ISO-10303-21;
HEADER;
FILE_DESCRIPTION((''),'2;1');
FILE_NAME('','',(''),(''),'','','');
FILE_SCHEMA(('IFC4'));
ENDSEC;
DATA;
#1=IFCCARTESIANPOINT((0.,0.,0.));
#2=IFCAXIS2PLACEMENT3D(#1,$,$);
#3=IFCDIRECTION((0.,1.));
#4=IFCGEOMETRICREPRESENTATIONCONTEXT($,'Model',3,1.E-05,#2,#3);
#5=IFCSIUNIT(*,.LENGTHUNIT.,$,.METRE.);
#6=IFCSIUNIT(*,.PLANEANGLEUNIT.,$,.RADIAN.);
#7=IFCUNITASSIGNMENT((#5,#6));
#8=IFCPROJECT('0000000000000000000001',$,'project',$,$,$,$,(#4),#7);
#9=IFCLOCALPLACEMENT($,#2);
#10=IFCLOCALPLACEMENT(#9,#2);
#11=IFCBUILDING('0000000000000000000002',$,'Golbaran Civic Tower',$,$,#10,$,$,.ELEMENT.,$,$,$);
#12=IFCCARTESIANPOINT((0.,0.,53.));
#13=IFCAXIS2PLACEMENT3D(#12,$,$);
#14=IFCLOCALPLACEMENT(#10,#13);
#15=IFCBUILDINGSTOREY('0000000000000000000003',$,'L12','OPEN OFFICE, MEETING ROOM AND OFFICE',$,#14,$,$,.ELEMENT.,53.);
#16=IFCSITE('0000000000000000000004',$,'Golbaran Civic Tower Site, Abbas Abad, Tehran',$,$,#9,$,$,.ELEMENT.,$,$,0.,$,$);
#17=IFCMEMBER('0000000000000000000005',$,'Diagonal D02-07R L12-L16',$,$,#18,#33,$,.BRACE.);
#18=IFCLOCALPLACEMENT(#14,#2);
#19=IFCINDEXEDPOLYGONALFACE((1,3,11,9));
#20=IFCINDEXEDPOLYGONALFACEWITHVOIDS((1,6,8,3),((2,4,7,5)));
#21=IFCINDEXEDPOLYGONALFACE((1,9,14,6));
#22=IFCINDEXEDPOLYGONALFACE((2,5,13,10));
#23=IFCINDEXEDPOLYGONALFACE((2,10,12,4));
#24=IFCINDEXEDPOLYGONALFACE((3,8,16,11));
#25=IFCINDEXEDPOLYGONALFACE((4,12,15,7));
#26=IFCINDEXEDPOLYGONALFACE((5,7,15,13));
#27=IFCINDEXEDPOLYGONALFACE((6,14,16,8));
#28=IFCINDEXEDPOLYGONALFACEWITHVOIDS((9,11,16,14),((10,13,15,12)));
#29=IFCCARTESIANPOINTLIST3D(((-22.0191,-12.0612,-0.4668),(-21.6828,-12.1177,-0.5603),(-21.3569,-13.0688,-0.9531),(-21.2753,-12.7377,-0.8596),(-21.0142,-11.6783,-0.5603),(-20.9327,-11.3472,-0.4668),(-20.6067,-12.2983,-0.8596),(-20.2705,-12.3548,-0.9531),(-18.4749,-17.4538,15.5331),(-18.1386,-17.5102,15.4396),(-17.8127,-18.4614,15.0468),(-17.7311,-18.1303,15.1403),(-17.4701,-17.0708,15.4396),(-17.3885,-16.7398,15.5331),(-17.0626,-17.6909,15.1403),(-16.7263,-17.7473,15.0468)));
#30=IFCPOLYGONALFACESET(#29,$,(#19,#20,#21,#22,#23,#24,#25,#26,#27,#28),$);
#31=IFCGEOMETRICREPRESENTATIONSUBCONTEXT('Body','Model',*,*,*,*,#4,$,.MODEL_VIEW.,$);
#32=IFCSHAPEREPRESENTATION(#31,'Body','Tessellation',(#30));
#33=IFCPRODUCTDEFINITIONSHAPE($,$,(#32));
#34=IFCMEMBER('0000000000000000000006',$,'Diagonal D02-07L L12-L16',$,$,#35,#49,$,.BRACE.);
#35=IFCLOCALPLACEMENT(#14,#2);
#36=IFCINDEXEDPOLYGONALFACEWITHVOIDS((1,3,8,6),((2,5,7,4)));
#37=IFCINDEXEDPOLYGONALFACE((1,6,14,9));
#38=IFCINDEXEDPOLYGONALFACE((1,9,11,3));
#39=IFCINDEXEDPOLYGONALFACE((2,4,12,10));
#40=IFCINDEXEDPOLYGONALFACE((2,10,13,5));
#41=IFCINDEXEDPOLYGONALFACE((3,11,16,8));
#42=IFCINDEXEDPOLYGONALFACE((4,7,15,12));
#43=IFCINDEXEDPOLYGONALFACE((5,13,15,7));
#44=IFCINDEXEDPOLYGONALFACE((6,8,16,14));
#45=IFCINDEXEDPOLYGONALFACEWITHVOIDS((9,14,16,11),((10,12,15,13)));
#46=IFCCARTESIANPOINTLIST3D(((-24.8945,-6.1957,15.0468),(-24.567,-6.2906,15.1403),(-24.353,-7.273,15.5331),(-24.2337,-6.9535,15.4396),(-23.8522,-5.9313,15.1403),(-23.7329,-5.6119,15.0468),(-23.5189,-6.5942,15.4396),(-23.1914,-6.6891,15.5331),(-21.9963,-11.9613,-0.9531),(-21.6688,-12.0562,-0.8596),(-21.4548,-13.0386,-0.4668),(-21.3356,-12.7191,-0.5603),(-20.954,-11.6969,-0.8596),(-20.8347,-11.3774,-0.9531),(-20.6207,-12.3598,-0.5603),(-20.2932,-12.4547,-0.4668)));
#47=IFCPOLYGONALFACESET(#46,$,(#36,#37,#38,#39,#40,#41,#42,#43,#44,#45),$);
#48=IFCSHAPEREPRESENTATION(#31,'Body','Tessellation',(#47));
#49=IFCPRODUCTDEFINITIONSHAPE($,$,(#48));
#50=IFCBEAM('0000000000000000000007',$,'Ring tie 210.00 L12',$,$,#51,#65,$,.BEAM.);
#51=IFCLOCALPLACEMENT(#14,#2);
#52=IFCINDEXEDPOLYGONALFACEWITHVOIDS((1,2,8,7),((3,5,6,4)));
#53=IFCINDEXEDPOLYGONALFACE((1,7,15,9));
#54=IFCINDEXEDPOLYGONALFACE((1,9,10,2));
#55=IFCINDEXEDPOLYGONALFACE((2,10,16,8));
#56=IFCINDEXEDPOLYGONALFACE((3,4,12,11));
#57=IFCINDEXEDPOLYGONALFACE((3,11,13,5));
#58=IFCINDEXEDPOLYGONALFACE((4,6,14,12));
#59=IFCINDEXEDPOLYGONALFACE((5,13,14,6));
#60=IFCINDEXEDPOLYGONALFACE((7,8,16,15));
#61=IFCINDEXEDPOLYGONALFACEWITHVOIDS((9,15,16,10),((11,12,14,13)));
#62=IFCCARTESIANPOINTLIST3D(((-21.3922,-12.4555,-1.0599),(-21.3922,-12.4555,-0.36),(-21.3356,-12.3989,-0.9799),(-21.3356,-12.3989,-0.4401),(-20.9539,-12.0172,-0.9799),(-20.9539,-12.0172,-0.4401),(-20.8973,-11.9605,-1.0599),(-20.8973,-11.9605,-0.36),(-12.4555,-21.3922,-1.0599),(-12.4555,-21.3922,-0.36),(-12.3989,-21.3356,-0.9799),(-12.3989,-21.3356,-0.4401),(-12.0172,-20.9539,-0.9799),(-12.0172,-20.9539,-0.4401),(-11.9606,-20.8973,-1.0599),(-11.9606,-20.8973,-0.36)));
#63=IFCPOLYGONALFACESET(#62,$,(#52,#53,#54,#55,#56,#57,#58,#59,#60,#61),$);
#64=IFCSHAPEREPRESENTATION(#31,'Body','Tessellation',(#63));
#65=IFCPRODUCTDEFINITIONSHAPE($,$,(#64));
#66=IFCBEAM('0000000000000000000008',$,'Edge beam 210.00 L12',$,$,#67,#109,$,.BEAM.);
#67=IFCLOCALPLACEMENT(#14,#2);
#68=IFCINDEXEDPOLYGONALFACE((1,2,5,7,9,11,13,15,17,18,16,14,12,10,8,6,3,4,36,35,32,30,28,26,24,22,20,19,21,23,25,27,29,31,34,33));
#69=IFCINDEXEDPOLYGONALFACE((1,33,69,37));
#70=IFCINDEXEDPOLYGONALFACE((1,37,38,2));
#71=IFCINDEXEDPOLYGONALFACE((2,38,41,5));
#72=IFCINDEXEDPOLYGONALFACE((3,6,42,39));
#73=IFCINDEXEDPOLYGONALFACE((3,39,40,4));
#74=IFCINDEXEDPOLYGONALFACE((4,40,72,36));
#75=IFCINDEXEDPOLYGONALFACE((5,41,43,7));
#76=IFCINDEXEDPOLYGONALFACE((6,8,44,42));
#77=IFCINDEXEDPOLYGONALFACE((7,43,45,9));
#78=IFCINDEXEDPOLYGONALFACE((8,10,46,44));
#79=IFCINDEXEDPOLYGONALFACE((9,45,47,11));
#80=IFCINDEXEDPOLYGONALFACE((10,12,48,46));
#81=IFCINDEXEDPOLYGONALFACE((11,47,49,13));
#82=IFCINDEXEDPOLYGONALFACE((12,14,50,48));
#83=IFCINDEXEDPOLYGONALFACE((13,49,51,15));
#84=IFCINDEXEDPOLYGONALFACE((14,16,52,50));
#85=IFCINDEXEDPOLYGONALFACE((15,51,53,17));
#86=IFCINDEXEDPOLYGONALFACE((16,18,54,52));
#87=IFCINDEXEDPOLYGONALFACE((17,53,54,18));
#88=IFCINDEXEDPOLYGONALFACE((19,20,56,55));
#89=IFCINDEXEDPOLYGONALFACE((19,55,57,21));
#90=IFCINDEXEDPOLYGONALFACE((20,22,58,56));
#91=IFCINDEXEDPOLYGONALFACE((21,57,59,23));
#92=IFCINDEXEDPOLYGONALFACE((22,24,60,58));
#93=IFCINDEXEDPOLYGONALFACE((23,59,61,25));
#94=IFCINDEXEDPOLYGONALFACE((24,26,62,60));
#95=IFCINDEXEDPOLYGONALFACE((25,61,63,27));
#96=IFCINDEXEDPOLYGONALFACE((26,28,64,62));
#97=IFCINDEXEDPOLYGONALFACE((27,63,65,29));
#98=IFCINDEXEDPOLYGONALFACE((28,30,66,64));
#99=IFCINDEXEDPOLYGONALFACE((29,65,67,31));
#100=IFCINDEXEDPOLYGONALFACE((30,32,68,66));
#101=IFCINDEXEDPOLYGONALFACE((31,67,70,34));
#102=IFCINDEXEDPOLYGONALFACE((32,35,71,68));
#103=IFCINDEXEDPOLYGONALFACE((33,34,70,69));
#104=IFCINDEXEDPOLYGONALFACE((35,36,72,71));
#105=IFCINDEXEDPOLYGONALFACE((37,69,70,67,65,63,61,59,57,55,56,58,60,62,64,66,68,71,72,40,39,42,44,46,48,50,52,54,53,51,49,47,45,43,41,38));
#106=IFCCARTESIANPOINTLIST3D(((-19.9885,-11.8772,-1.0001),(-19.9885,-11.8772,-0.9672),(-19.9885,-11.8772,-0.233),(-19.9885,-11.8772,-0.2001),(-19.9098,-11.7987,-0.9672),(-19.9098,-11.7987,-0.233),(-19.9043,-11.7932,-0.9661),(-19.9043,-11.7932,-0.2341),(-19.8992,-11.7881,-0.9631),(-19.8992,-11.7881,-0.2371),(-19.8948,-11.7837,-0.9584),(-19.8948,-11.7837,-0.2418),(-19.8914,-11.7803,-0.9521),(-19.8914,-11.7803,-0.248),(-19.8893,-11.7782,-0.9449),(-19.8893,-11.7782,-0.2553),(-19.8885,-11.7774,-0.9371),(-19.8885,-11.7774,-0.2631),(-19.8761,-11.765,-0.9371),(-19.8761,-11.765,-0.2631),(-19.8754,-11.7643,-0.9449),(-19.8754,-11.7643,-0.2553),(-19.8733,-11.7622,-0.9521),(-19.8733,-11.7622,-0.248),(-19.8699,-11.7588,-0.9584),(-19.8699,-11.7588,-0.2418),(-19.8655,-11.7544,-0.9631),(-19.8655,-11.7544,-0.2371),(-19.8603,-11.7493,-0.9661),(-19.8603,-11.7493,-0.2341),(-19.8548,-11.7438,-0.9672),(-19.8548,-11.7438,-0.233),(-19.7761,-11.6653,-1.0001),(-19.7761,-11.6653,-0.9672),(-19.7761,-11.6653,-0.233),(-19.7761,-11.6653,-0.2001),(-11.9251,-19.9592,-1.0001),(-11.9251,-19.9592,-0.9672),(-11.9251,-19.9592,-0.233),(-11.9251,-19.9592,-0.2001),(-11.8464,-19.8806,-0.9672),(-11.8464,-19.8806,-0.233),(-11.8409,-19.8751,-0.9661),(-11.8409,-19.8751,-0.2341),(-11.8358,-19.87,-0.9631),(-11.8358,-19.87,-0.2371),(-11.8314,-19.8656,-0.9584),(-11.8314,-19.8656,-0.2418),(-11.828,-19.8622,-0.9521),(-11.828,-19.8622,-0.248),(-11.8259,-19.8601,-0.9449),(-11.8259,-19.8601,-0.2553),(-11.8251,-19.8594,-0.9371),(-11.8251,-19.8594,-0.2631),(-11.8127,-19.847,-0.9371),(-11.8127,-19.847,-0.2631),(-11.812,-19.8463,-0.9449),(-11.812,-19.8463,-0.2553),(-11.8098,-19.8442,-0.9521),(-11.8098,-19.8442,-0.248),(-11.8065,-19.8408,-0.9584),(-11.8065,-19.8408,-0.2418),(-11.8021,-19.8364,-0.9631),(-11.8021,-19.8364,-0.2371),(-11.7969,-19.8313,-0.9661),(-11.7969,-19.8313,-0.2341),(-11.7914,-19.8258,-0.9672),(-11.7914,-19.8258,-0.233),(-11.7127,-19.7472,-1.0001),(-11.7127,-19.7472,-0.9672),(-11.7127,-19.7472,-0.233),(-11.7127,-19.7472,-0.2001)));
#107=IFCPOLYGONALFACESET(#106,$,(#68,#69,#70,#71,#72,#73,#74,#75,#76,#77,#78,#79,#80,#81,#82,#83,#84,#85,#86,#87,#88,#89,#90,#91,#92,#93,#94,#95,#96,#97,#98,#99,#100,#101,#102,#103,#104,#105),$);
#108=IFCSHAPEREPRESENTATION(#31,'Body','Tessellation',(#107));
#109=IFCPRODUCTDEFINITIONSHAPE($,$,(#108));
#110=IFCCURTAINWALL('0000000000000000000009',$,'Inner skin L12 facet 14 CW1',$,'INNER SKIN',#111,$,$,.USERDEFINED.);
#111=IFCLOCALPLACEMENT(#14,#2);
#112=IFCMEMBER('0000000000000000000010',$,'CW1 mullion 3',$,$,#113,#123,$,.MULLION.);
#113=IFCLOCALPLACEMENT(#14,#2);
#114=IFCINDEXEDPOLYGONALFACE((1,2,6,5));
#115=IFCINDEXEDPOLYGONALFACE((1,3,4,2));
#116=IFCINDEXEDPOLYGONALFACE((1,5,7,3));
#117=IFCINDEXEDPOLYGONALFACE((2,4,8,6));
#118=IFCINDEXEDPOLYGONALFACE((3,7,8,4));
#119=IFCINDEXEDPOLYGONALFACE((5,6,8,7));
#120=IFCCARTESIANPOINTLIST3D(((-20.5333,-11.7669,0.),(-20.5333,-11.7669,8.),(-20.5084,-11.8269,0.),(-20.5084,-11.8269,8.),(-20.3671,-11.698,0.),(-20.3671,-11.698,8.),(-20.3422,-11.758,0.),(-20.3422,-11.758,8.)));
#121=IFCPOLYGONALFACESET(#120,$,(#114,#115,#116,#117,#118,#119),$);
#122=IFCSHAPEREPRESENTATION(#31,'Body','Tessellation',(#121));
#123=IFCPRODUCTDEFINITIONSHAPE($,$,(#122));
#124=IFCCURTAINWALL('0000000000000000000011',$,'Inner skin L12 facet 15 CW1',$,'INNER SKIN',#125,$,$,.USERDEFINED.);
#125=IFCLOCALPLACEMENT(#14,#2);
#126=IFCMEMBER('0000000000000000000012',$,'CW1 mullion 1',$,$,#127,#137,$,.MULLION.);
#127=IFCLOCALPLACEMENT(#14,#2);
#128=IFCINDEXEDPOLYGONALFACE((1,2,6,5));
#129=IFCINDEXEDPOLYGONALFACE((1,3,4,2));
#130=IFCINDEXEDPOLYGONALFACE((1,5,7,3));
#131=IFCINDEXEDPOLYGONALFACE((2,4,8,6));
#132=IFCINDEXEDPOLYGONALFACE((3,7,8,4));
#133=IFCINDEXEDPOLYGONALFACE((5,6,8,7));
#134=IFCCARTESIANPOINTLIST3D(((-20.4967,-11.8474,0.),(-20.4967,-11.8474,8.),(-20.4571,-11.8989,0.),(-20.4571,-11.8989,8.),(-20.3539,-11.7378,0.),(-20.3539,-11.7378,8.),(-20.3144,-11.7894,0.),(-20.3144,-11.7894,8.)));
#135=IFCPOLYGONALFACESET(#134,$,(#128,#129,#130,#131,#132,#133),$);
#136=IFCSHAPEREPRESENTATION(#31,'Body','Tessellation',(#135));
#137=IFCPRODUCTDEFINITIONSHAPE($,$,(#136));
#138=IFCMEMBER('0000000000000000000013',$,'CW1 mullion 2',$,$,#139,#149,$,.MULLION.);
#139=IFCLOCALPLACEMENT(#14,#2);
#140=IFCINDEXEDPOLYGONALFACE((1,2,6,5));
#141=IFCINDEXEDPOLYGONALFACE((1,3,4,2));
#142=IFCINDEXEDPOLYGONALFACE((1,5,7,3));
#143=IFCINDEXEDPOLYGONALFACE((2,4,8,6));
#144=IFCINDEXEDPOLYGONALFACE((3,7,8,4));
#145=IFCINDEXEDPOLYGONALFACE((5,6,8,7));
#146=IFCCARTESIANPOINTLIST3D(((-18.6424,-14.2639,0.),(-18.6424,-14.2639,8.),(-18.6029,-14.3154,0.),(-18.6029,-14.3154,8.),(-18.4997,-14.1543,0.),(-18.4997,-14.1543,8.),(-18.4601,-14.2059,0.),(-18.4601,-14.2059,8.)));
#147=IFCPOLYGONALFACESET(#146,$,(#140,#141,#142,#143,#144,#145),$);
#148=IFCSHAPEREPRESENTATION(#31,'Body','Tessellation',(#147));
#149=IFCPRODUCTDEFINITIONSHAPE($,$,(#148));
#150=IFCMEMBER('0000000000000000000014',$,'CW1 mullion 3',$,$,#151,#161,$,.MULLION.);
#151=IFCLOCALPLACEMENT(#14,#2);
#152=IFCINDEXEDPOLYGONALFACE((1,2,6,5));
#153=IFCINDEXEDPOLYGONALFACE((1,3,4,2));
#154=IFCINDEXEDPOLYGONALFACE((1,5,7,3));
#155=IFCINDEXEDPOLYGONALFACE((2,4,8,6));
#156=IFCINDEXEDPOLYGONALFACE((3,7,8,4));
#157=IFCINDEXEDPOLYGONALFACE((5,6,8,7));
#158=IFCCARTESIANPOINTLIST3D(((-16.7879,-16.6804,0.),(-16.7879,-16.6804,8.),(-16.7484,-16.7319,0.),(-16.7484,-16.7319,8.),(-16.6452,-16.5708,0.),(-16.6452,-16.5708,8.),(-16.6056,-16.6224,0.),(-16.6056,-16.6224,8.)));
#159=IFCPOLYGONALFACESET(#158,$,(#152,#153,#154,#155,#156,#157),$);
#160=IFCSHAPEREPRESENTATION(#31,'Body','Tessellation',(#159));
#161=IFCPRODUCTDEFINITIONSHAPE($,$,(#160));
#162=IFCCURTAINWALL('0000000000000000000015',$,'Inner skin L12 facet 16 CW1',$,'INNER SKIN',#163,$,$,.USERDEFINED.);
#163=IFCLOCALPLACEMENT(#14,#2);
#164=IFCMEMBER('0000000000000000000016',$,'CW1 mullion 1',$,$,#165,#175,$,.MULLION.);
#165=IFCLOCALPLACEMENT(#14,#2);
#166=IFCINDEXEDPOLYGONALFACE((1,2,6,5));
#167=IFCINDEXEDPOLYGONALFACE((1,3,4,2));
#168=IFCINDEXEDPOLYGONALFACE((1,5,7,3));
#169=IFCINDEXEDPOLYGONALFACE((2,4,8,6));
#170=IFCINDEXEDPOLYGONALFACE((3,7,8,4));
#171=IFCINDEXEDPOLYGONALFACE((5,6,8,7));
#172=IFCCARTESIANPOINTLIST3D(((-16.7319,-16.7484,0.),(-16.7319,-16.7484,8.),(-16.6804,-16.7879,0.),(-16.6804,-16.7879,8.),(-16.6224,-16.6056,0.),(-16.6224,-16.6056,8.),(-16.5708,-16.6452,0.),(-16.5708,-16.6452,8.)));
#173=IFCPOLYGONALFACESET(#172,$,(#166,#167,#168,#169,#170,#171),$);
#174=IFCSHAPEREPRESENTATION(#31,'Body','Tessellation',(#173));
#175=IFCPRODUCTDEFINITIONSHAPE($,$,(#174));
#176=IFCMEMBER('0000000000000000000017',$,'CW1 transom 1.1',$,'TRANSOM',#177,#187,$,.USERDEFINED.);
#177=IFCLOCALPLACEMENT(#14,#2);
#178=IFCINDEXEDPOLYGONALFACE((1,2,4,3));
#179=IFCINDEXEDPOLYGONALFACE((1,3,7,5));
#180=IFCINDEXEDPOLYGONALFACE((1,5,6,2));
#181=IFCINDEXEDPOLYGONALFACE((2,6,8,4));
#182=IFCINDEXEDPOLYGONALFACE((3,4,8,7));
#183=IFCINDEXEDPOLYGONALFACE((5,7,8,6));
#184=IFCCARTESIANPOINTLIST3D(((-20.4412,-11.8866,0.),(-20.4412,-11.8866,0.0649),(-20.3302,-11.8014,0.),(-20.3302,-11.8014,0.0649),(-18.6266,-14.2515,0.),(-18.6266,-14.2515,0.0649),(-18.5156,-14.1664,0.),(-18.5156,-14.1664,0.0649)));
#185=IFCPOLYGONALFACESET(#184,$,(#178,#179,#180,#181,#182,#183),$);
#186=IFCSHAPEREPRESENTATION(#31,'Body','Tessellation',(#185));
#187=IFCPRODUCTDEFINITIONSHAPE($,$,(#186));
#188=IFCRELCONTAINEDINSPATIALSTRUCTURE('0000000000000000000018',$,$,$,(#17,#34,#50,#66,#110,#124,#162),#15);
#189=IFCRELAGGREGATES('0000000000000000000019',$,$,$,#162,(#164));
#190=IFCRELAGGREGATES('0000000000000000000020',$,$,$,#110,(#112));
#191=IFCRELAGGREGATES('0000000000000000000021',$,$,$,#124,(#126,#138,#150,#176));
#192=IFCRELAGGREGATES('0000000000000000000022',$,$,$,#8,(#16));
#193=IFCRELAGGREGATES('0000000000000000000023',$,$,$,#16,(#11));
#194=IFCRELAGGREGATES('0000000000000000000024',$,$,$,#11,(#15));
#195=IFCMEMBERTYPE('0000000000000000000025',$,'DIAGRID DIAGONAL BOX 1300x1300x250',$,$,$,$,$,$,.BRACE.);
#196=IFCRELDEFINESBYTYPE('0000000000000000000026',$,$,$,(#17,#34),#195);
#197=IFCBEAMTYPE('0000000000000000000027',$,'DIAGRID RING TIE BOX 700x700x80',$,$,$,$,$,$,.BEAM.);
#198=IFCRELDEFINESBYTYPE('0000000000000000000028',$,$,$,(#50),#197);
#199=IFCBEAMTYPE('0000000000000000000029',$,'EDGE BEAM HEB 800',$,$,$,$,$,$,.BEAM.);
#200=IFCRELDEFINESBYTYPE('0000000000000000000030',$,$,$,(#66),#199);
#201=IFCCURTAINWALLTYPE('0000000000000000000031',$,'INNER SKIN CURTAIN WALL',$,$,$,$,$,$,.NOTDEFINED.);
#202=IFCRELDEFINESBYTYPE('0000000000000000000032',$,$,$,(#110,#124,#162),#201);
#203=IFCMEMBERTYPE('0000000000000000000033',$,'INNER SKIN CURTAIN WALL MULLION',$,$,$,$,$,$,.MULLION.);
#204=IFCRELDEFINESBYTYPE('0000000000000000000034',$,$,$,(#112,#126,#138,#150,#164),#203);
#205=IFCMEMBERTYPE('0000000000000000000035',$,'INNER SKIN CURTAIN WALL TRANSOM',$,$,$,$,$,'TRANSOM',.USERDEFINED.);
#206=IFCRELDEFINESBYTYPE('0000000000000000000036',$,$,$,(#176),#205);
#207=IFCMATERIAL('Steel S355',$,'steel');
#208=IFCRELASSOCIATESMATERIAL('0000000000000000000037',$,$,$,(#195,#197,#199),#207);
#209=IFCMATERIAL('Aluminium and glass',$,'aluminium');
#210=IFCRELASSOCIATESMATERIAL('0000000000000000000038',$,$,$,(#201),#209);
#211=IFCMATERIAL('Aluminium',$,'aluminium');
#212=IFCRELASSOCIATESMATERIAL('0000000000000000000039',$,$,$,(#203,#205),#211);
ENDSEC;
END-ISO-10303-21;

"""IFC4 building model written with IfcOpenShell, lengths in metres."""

from ifc_helpers import new_model, si_unit, direction, frame, origin, origin_2d, place, context, subcontext, project, spatial, rectangle, hollow_rectangle, i_section, extrude, material, material_profile, profile_set, type_object, element, aggregate, save


model = new_model("IFC4")

# Units and contexts
model_context = context("Model", 3, precision=1e-05, world=origin(), true_north=direction((0.0, 1.0)))
body_context = subcontext(model_context, "Body", "Model", "MODEL_VIEW")
ifc_project = project(units=[si_unit("LENGTHUNIT", "METRE"), si_unit("PLANEANGLEUNIT", "RADIAN")], contexts=[model_context])

# Site, building, storey
site_placement = place(None, origin())
site = spatial("IfcSite", under=ifc_project, at=site_placement, Name="Golbaran Civic Tower Site, Abbas Abad, Tehran", CompositionType="ELEMENT", RefElevation=0.0)
building_placement = place(site_placement, origin())
building = spatial("IfcBuilding", under=site, at=building_placement, Name="Golbaran Civic Tower", CompositionType="ELEMENT")
storey_placement = place(building_placement, frame((0.0, 0.0, 53.0)))
storey = spatial("IfcBuildingStorey", under=building, at=storey_placement, Name="L12", Description="OPEN OFFICE, MEETING ROOM AND OFFICE", CompositionType="ELEMENT", Elevation=53.0)

# Members
ifc_material_1 = material(Name="Steel S355", Category="steel")
ifc_material_profile_1 = material_profile(ifc_material_1, hollow_rectangle(XDim=1.3, YDim=1.3, WallThickness=0.25, at=origin_2d()), Name="BOX 1300x1300x250")
ifc_profile_set_1 = profile_set([ifc_material_profile_1], Name="Steel S355")
member_type_1 = type_object("IfcMemberType", Name="DIAGRID DIAGONAL BOX 1300x1300x250", PredefinedType="BRACE", material=ifc_profile_set_1)
for number, where, z_axis, x_axis, name in (
    (1, (-21.1448, -12.208, -0.71), (0.205433, -0.312572, 0.927414), (0.83567, 0.549231, 0.0), "Diagonal D02-07R L12-L16"),
    (2, (-21.1448, -12.208, -0.71), (-0.167989, 0.334195, 0.927412), (-0.893472, -0.449119, 0.0), "Diagonal D02-07L L12-L16"),
):
    element("IfcMember", number, at=place(storey_placement, frame(where, z_axis=z_axis, x_axis=x_axis)), inside=storey, type_object=member_type_1, Name=name, PredefinedType="BRACE", context=body_context, shape_type="SweptSolid", body=[
        extrude(hollow_rectangle(XDim=1.3, YDim=1.3, WallThickness=0.25, at=origin_2d()), origin(), (0.0, 0.0, 1.0), 17.2522),
    ])

# Beams
ifc_material_profile_2 = material_profile(ifc_material_1, hollow_rectangle(XDim=0.7, YDim=0.7, WallThickness=0.0801, at=origin_2d()), Name="BOX 700x700x80")
ifc_profile_set_2 = profile_set([ifc_material_profile_2], Name="Steel S355")
beam_type_1 = type_object("IfcBeamType", Name="DIAGRID RING TIE BOX 700x700x80", PredefinedType="BEAM", material=ifc_profile_set_2)
beam_1_placement = place(storey_placement, frame((-21.1448, -12.208, -0.71), z_axis=(0.707107, -0.707107, 0.0), x_axis=(0.707107, 0.707107, 0.0)))
element("IfcBeam", 3, at=beam_1_placement, inside=storey, type_object=beam_type_1, Name="Ring tie 210.00 L12", PredefinedType="BEAM", context=body_context, shape_type="SweptSolid", body=[
    extrude(hollow_rectangle(XDim=0.7, YDim=0.7, WallThickness=0.0801, at=origin_2d()), origin(), (0.0, 0.0, 1.0), 12.6384),
])
ifc_material_profile_3 = material_profile(ifc_material_1, i_section(OverallWidth=0.3, OverallDepth=0.8, WebThickness=0.0176, FlangeThickness=0.033, FilletRadius=0.03, at=origin_2d()), Name="HEB 800")
ifc_profile_set_3 = profile_set([ifc_material_profile_3], Name="Steel S355")
beam_type_2 = type_object("IfcBeamType", Name="EDGE BEAM HEB 800", PredefinedType="BEAM", material=ifc_profile_set_3)
beam_2_placement = place(storey_placement, frame((-19.8823, -11.7712, -0.6001), z_axis=(0.706294, -0.707919, 0.0), x_axis=(0.707919, 0.706294, 0.0)))
element("IfcBeam", 4, at=beam_2_placement, inside=storey, type_object=beam_type_2, Name="Edge beam 210.00 L12", PredefinedType="BEAM", context=body_context, shape_type="SweptSolid", body=[
    extrude(i_section(OverallWidth=0.3, OverallDepth=0.8, WebThickness=0.0176, FlangeThickness=0.033, FilletRadius=0.03, at=origin_2d()), origin(), (0.0, 0.0, 1.0), 11.4165),
])

# Curtain wall, member
ifc_material_2 = material(Name="Aluminium and glass", Category="aluminium")
curtain_wall_type_1 = type_object("IfcCurtainWallType", Name="INNER SKIN CURTAIN WALL", PredefinedType="NOTDEFINED", material=ifc_material_2)
curtain_wall_1_placement = place(storey_placement, origin())
curtain_wall_1 = element("IfcCurtainWall", 5, at=curtain_wall_1_placement, inside=storey, type_object=curtain_wall_type_1, Name="Inner skin L12 facet 14 CW1", ObjectType="INNER SKIN", PredefinedType="USERDEFINED")
ifc_material_3 = material(Name="Aluminium", Category="aluminium")
ifc_material_profile_4 = material_profile(ifc_material_3, rectangle(XDim=0.1799, YDim=0.0649, at=origin_2d()), Name="INNER SKIN CURTAIN WALL MULLION")
ifc_profile_set_4 = profile_set([ifc_material_profile_4], Name="Aluminium")
member_type_2 = type_object("IfcMemberType", Name="INNER SKIN CURTAIN WALL MULLION", PredefinedType="MULLION", material=ifc_profile_set_4)
member_1_placement = place(storey_placement, frame((-20.4377, -11.7625, 0.0), z_axis=(0.0, 0.0, 1.0), x_axis=(0.92388, 0.382683, 0.0)))
member_1 = element("IfcMember", 6, at=member_1_placement, type_object=member_type_2, Name="CW1 mullion 3", PredefinedType="MULLION", context=body_context, shape_type="SweptSolid", body=[
    extrude(rectangle(XDim=0.1799, YDim=0.0649, at=origin_2d()), origin(), (0.0, 0.0, 1.0), 8.0),
])

# Curtain wall, members
curtain_wall_2_placement = place(storey_placement, origin())
curtain_wall_2 = element("IfcCurtainWall", 7, at=curtain_wall_2_placement, inside=storey, type_object=curtain_wall_type_1, Name="Inner skin L12 facet 15 CW1", ObjectType="INNER SKIN", PredefinedType="USERDEFINED")
member_2_placement = place(storey_placement, frame((-20.4055, -11.8184, 0.0), z_axis=(0.0, 0.0, 1.0), x_axis=(0.793353, 0.608761, 0.0)))
member_2 = element("IfcMember", 8, at=member_2_placement, type_object=member_type_2, Name="CW1 mullion 1", PredefinedType="MULLION", context=body_context, shape_type="SweptSolid", body=[
    extrude(rectangle(XDim=0.1799, YDim=0.0649, at=origin_2d()), origin(), (0.0, 0.0, 1.0), 8.0),
])
member_3_placement = place(storey_placement, frame((-18.5513, -14.2349, 0.0), z_axis=(0.0, 0.0, 1.0), x_axis=(0.793353, 0.608761, 0.0)))
member_3 = element("IfcMember", 9, at=member_3_placement, type_object=member_type_2, Name="CW1 mullion 2", PredefinedType="MULLION", context=body_context, shape_type="SweptSolid", body=[
    extrude(rectangle(XDim=0.1799, YDim=0.0649, at=origin_2d()), origin(), (0.0, 0.0, 1.0), 8.0),
])
member_4_placement = place(storey_placement, frame((-16.6968, -16.6514, 0.0), z_axis=(0.0, 0.0, 1.0), x_axis=(0.793353, 0.608761, 0.0)))
member_4 = element("IfcMember", 10, at=member_4_placement, type_object=member_type_2, Name="CW1 mullion 3", PredefinedType="MULLION", context=body_context, shape_type="SweptSolid", body=[
    extrude(rectangle(XDim=0.1799, YDim=0.0649, at=origin_2d()), origin(), (0.0, 0.0, 1.0), 8.0),
])

# Curtain wall, member
curtain_wall_3_placement = place(storey_placement, origin())
curtain_wall_3 = element("IfcCurtainWall", 11, at=curtain_wall_3_placement, inside=storey, type_object=curtain_wall_type_1, Name="Inner skin L12 facet 16 CW1", ObjectType="INNER SKIN", PredefinedType="USERDEFINED")
member_5_placement = place(storey_placement, frame((-16.6514, -16.6968, 0.0), z_axis=(0.0, 0.0, 1.0), x_axis=(0.608761, 0.793353, 0.0)))
member_5 = element("IfcMember", 12, at=member_5_placement, type_object=member_type_2, Name="CW1 mullion 1", PredefinedType="MULLION", context=body_context, shape_type="SweptSolid", body=[
    extrude(rectangle(XDim=0.1799, YDim=0.0649, at=origin_2d()), origin(), (0.0, 0.0, 1.0), 8.0),
])

# Member
ifc_material_profile_5 = material_profile(ifc_material_3, rectangle(XDim=0.1399, YDim=0.0649, at=origin_2d()), Name="INNER SKIN CURTAIN WALL TRANSOM")
ifc_profile_set_5 = profile_set([ifc_material_profile_5], Name="Aluminium")
member_type_3 = type_object("IfcMemberType", Name="INNER SKIN CURTAIN WALL TRANSOM", ElementType="TRANSOM", PredefinedType="USERDEFINED", material=ifc_profile_set_5)
member_6_placement = place(storey_placement, frame((-20.3857, -11.844, 0.0325), z_axis=(0.608756, -0.793357, 0.0), x_axis=(0.793357, 0.608756, 0.0)))
member_6 = element("IfcMember", 13, at=member_6_placement, type_object=member_type_3, Name="CW1 transom 1.1", ObjectType="TRANSOM", PredefinedType="USERDEFINED", context=body_context, shape_type="SweptSolid", body=[
    extrude(rectangle(XDim=0.1399, YDim=0.0649, at=origin_2d()), origin(), (0.0, 0.0, 1.0), 2.981),
])

aggregate(curtain_wall_3, [member_5])
aggregate(curtain_wall_1, [member_1])
aggregate(curtain_wall_2, [member_2, member_3, member_4, member_6])

save(model, "model.ifc")
